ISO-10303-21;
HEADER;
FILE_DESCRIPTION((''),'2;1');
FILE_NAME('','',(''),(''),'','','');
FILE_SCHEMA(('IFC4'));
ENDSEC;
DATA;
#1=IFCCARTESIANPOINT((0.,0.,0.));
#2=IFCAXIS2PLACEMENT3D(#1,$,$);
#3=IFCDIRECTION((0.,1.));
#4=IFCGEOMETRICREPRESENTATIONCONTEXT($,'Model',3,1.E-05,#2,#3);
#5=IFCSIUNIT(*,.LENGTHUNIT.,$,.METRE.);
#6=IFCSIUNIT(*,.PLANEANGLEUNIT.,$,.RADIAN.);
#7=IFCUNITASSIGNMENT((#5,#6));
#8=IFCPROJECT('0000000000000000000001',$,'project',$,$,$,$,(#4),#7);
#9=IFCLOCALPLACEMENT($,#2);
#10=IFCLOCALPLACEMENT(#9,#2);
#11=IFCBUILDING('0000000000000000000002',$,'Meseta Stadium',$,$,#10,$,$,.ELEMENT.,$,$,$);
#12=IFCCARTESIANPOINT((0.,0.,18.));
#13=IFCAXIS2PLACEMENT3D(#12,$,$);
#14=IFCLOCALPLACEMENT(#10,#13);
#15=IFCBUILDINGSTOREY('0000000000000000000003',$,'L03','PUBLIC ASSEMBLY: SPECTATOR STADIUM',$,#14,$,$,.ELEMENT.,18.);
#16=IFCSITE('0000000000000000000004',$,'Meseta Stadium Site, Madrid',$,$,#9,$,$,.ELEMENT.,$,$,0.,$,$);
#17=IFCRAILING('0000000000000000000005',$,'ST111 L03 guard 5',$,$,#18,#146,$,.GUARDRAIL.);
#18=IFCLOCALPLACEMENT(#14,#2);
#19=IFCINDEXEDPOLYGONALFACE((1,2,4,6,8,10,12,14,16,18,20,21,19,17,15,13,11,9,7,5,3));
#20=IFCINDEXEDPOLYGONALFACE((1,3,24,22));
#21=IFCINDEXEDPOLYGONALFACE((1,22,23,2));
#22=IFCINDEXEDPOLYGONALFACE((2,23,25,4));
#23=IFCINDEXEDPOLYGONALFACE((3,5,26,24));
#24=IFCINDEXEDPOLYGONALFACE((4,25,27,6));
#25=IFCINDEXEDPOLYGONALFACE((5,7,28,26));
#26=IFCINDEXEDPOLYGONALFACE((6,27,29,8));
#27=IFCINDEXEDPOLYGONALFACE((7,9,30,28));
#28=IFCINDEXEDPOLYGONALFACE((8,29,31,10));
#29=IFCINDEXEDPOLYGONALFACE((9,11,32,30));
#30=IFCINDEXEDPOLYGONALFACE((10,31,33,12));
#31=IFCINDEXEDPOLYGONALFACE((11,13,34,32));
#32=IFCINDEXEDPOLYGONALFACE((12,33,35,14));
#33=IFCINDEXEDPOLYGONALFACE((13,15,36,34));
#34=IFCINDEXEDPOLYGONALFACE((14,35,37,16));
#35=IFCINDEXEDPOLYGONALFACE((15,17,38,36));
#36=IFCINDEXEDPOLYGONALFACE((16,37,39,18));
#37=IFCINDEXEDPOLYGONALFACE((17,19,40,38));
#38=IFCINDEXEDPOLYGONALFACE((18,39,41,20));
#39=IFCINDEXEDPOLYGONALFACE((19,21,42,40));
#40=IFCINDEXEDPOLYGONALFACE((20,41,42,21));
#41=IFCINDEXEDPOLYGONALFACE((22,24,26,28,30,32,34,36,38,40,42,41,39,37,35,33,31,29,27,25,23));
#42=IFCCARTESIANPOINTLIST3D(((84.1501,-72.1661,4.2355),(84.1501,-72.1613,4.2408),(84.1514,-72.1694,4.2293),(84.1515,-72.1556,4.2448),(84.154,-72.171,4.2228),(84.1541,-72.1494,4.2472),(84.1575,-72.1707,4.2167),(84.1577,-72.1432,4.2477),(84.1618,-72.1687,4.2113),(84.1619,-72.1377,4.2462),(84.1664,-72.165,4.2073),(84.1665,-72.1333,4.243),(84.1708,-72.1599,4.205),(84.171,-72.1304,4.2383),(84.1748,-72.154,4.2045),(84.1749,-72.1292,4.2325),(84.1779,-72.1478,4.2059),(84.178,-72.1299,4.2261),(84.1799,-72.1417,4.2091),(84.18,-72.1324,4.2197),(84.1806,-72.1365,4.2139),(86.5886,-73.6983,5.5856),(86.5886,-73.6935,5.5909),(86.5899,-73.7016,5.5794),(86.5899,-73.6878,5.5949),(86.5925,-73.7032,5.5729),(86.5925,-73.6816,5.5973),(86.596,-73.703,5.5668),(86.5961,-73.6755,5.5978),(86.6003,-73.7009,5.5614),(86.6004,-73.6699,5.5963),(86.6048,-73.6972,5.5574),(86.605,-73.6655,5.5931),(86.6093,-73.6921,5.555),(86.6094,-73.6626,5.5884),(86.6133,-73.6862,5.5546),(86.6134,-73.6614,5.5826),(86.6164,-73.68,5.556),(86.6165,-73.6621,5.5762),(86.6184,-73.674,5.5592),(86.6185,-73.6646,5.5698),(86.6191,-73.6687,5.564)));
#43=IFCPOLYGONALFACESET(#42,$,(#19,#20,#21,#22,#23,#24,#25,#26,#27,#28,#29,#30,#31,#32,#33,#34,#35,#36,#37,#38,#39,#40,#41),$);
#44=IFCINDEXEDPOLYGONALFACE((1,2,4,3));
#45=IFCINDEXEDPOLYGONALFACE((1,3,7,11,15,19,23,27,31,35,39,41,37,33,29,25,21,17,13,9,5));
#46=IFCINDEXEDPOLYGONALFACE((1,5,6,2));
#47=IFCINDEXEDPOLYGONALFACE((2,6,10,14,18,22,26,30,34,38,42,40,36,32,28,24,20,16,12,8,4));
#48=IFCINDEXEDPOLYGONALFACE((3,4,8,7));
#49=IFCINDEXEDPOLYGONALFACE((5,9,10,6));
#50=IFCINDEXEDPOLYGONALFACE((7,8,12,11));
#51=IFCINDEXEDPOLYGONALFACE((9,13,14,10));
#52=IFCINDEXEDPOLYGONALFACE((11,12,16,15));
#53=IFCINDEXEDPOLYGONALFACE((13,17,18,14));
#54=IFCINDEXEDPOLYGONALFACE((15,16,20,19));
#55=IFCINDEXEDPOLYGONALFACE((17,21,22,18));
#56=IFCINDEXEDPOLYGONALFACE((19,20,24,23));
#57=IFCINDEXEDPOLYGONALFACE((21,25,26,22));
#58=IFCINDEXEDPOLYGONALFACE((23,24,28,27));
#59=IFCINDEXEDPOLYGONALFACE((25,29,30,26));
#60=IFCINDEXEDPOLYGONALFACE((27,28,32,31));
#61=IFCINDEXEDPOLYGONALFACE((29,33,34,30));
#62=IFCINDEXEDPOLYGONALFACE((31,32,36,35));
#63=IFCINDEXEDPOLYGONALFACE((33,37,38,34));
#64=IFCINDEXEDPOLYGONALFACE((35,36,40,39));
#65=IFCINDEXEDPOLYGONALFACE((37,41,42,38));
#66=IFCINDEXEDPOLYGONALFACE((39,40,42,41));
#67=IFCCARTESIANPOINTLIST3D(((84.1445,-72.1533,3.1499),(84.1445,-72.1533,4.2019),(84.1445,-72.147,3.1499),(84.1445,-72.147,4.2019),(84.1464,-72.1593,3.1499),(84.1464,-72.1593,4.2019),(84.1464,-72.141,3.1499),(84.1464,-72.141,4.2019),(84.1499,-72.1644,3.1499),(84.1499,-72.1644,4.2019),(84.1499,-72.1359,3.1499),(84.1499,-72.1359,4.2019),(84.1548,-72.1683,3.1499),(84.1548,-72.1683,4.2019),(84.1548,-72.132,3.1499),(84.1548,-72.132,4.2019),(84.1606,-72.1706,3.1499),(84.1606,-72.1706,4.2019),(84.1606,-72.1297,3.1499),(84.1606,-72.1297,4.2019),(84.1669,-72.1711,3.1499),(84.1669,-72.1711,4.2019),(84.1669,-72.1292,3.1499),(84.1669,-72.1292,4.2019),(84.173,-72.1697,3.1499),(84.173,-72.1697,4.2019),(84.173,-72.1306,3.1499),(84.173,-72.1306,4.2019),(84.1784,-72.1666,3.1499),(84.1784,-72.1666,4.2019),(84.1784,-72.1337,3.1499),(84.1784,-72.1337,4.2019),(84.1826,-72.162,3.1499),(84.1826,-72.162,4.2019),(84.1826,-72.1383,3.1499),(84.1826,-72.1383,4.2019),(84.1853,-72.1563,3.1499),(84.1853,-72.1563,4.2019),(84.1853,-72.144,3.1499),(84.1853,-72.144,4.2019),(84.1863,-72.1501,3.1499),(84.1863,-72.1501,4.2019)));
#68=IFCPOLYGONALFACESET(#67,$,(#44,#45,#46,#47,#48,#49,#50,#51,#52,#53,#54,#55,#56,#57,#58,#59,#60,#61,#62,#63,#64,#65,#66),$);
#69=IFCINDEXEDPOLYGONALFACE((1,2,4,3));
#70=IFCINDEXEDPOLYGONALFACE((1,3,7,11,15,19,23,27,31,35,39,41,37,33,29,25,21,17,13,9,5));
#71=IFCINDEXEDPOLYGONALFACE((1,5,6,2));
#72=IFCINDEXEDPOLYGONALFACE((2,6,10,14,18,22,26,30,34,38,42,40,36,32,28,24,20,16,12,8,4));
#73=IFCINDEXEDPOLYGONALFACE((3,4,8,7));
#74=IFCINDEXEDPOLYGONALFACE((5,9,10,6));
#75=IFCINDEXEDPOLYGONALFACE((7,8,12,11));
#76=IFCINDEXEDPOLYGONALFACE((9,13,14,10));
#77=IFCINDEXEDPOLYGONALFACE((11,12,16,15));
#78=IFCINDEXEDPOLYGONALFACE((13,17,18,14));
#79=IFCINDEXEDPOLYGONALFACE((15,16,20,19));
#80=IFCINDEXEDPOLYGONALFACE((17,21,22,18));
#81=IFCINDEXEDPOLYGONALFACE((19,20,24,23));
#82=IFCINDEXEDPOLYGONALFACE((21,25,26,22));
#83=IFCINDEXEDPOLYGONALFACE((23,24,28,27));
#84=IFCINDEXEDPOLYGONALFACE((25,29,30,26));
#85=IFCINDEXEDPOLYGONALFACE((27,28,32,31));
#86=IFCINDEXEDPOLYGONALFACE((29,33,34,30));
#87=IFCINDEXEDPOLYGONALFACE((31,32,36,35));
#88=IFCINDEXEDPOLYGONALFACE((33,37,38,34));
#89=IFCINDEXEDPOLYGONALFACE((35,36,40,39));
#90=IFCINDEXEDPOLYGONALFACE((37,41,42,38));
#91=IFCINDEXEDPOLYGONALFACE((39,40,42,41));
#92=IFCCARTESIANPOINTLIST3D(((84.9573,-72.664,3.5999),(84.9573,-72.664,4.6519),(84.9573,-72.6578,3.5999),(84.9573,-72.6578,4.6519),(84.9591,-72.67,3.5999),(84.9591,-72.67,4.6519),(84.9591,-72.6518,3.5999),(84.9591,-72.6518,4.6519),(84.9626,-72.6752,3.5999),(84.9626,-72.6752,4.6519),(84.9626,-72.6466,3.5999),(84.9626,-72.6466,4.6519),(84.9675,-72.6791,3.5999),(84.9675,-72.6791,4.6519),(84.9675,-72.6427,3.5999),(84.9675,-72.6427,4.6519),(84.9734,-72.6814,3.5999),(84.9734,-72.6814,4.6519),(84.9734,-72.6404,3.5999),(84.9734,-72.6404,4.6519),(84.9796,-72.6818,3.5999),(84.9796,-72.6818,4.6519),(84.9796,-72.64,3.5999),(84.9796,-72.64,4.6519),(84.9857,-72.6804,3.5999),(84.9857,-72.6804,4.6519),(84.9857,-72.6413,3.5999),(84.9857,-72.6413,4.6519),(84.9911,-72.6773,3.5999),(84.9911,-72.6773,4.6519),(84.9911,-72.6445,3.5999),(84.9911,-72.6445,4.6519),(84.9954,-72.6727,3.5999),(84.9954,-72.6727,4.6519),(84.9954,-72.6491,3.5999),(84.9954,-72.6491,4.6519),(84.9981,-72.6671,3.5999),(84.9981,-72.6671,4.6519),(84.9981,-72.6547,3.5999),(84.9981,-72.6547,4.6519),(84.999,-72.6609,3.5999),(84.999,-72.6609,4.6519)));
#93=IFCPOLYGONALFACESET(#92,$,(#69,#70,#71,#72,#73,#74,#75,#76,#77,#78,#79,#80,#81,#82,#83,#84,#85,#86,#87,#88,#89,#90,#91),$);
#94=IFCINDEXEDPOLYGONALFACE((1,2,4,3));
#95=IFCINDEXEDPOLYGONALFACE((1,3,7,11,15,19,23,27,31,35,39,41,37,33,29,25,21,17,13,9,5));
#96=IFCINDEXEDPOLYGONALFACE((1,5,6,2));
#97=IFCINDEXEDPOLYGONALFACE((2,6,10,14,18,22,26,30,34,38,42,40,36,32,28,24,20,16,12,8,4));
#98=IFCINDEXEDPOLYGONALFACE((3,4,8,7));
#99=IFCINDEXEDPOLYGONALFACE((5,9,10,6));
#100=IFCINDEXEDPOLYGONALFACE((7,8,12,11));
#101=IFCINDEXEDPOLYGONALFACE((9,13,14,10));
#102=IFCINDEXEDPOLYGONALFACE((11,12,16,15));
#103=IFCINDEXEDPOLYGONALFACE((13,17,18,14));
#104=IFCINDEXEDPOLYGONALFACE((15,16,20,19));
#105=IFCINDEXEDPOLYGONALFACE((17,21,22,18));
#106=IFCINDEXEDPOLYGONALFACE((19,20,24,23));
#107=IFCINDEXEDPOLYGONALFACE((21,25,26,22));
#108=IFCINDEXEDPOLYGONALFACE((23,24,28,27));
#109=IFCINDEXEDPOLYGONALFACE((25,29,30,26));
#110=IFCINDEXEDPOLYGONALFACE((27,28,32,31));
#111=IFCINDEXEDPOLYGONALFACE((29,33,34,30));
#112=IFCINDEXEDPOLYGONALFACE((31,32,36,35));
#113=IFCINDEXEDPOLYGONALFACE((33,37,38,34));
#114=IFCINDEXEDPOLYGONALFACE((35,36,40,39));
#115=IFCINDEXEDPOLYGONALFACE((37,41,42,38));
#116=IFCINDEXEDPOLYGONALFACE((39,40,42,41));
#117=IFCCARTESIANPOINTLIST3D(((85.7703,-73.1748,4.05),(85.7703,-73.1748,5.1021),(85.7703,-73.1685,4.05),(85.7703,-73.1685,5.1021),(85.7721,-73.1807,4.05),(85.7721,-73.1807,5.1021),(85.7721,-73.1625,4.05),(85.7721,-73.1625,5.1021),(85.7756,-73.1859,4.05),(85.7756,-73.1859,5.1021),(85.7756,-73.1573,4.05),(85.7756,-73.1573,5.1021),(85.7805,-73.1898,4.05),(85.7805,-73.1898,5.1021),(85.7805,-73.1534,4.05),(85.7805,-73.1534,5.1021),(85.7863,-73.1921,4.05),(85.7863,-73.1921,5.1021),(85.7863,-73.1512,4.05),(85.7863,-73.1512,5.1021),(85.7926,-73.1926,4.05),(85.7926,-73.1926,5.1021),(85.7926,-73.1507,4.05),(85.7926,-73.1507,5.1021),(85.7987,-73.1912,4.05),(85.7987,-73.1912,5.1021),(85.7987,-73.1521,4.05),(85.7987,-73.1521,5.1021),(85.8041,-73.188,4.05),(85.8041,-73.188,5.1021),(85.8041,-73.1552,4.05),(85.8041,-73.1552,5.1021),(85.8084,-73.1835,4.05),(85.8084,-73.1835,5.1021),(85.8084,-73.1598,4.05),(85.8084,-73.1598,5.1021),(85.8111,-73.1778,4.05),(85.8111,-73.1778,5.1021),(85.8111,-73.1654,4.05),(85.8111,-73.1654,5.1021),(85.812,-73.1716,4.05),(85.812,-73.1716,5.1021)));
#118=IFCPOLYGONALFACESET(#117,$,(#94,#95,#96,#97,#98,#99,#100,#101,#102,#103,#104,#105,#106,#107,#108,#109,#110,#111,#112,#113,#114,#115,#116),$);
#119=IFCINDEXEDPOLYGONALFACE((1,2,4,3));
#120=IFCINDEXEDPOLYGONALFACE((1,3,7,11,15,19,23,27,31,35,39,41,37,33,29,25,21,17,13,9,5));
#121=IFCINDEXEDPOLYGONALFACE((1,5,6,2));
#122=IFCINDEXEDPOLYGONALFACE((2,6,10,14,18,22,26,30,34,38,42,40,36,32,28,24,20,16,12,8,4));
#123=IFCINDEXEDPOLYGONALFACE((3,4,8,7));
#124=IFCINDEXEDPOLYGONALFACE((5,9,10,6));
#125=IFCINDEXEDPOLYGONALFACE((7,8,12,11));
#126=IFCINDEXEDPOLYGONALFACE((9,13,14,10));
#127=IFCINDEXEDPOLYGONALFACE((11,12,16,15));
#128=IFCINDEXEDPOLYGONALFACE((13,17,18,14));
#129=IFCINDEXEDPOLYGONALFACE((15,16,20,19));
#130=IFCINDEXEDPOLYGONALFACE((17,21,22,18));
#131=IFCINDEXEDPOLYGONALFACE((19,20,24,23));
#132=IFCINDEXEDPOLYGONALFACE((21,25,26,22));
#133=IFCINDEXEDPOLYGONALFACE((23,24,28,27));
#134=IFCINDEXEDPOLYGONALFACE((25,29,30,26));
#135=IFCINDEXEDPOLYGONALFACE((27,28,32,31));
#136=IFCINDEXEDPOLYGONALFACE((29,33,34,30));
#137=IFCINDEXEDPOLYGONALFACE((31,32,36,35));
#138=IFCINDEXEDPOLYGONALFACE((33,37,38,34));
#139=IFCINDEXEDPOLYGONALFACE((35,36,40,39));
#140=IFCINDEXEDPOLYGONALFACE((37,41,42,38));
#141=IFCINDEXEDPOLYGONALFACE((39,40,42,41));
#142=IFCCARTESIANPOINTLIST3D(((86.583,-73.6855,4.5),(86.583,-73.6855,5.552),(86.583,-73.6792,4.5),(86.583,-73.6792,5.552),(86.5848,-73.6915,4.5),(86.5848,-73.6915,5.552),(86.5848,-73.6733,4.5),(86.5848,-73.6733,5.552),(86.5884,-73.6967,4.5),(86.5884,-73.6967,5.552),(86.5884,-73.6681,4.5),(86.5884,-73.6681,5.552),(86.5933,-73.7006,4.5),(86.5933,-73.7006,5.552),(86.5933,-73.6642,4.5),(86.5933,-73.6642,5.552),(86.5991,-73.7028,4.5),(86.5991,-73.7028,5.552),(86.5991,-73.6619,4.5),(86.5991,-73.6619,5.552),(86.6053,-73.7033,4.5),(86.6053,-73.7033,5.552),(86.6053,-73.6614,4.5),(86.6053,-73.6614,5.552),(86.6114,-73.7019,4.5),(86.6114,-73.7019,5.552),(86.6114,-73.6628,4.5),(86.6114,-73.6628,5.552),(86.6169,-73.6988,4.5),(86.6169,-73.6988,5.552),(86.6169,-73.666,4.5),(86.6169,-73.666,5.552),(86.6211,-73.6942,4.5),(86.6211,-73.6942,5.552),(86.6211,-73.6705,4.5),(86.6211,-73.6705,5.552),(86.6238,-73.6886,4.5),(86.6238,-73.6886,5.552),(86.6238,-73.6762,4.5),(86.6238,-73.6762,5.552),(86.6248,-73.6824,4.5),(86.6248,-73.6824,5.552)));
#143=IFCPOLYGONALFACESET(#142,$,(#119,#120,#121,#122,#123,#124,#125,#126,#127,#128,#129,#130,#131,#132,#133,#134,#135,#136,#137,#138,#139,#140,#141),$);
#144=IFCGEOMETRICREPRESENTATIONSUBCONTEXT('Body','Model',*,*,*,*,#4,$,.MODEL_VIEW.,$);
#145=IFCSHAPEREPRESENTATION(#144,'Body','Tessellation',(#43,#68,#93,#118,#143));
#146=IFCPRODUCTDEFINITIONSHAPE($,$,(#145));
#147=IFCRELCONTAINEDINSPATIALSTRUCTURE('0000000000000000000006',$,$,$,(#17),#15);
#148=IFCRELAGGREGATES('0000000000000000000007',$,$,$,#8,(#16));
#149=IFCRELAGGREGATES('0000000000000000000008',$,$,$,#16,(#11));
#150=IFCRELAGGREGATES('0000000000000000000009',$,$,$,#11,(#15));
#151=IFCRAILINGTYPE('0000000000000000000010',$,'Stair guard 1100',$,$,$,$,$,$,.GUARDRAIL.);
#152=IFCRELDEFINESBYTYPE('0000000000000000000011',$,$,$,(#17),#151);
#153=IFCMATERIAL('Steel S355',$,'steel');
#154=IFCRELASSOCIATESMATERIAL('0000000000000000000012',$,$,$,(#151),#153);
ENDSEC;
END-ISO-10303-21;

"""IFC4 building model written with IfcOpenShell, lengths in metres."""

from ifc_helpers import new_model, si_unit, direction, frame, origin, origin_2d, place, context, subcontext, project, spatial, circle, extrude, material, type_object, element, save


model = new_model("IFC4")

# Units and contexts
model_context = context("Model", 3, precision=1e-05, world=origin(), true_north=direction((0.0, 1.0)))
body_context = subcontext(model_context, "Body", "Model", "MODEL_VIEW")
ifc_project = project(units=[si_unit("LENGTHUNIT", "METRE"), si_unit("PLANEANGLEUNIT", "RADIAN")], contexts=[model_context])

# Site, building, storey
site_placement = place(None, origin())
site = spatial("IfcSite", under=ifc_project, at=site_placement, Name="Meseta Stadium Site, Madrid", CompositionType="ELEMENT", RefElevation=0.0)
building_placement = place(site_placement, origin())
building = spatial("IfcBuilding", under=site, at=building_placement, Name="Meseta Stadium", CompositionType="ELEMENT")
storey_placement = place(building_placement, frame((0.0, 0.0, 18.0)))
storey = spatial("IfcBuildingStorey", under=building, at=storey_placement, Name="L03", Description="PUBLIC ASSEMBLY: SPECTATOR STADIUM", CompositionType="ELEMENT", Elevation=18.0)

# Railing
ifc_material_1 = material(Name="Steel S355", Category="steel")
railing_type_1 = type_object("IfcRailingType", Name="Stair guard 1100", PredefinedType="GUARDRAIL", material=ifc_material_1)
railing_1_placement = place(storey_placement, frame((84.1653, -72.1501, 3.1499)))
element("IfcRailing", 1, at=railing_1_placement, inside=storey, type_object=railing_type_1, Name="ST111 L03 guard 5", PredefinedType="GUARDRAIL", context=body_context, shape_type="SweptSolid", body=[
    extrude(circle(Radius=0.0239, at=origin_2d()), frame((0.0, 0.0, 1.0762), z_axis=(0.766655, -0.481731, 0.42447), x_axis=(0.53204, 0.846719, 0.0)), (0.0, 0.0, 1.0), 3.1807),
    extrude(circle(Radius=0.021, at=origin_2d()), origin(), (0.0, 0.0, 1.0), 1.052),
    extrude(circle(Radius=0.021, at=origin_2d()), frame((0.8127, -0.5107, 0.45)), (0.0, 0.0, 1.0), 1.052),
    extrude(circle(Radius=0.021, at=origin_2d()), frame((1.6257, -1.0215, 0.9001)), (0.0, 0.0, 1.0), 1.052),
    extrude(circle(Radius=0.021, at=origin_2d()), frame((2.4385, -1.5322, 1.3501)), (0.0, 0.0, 1.0), 1.052),
])

save(model, "model.ifc")
